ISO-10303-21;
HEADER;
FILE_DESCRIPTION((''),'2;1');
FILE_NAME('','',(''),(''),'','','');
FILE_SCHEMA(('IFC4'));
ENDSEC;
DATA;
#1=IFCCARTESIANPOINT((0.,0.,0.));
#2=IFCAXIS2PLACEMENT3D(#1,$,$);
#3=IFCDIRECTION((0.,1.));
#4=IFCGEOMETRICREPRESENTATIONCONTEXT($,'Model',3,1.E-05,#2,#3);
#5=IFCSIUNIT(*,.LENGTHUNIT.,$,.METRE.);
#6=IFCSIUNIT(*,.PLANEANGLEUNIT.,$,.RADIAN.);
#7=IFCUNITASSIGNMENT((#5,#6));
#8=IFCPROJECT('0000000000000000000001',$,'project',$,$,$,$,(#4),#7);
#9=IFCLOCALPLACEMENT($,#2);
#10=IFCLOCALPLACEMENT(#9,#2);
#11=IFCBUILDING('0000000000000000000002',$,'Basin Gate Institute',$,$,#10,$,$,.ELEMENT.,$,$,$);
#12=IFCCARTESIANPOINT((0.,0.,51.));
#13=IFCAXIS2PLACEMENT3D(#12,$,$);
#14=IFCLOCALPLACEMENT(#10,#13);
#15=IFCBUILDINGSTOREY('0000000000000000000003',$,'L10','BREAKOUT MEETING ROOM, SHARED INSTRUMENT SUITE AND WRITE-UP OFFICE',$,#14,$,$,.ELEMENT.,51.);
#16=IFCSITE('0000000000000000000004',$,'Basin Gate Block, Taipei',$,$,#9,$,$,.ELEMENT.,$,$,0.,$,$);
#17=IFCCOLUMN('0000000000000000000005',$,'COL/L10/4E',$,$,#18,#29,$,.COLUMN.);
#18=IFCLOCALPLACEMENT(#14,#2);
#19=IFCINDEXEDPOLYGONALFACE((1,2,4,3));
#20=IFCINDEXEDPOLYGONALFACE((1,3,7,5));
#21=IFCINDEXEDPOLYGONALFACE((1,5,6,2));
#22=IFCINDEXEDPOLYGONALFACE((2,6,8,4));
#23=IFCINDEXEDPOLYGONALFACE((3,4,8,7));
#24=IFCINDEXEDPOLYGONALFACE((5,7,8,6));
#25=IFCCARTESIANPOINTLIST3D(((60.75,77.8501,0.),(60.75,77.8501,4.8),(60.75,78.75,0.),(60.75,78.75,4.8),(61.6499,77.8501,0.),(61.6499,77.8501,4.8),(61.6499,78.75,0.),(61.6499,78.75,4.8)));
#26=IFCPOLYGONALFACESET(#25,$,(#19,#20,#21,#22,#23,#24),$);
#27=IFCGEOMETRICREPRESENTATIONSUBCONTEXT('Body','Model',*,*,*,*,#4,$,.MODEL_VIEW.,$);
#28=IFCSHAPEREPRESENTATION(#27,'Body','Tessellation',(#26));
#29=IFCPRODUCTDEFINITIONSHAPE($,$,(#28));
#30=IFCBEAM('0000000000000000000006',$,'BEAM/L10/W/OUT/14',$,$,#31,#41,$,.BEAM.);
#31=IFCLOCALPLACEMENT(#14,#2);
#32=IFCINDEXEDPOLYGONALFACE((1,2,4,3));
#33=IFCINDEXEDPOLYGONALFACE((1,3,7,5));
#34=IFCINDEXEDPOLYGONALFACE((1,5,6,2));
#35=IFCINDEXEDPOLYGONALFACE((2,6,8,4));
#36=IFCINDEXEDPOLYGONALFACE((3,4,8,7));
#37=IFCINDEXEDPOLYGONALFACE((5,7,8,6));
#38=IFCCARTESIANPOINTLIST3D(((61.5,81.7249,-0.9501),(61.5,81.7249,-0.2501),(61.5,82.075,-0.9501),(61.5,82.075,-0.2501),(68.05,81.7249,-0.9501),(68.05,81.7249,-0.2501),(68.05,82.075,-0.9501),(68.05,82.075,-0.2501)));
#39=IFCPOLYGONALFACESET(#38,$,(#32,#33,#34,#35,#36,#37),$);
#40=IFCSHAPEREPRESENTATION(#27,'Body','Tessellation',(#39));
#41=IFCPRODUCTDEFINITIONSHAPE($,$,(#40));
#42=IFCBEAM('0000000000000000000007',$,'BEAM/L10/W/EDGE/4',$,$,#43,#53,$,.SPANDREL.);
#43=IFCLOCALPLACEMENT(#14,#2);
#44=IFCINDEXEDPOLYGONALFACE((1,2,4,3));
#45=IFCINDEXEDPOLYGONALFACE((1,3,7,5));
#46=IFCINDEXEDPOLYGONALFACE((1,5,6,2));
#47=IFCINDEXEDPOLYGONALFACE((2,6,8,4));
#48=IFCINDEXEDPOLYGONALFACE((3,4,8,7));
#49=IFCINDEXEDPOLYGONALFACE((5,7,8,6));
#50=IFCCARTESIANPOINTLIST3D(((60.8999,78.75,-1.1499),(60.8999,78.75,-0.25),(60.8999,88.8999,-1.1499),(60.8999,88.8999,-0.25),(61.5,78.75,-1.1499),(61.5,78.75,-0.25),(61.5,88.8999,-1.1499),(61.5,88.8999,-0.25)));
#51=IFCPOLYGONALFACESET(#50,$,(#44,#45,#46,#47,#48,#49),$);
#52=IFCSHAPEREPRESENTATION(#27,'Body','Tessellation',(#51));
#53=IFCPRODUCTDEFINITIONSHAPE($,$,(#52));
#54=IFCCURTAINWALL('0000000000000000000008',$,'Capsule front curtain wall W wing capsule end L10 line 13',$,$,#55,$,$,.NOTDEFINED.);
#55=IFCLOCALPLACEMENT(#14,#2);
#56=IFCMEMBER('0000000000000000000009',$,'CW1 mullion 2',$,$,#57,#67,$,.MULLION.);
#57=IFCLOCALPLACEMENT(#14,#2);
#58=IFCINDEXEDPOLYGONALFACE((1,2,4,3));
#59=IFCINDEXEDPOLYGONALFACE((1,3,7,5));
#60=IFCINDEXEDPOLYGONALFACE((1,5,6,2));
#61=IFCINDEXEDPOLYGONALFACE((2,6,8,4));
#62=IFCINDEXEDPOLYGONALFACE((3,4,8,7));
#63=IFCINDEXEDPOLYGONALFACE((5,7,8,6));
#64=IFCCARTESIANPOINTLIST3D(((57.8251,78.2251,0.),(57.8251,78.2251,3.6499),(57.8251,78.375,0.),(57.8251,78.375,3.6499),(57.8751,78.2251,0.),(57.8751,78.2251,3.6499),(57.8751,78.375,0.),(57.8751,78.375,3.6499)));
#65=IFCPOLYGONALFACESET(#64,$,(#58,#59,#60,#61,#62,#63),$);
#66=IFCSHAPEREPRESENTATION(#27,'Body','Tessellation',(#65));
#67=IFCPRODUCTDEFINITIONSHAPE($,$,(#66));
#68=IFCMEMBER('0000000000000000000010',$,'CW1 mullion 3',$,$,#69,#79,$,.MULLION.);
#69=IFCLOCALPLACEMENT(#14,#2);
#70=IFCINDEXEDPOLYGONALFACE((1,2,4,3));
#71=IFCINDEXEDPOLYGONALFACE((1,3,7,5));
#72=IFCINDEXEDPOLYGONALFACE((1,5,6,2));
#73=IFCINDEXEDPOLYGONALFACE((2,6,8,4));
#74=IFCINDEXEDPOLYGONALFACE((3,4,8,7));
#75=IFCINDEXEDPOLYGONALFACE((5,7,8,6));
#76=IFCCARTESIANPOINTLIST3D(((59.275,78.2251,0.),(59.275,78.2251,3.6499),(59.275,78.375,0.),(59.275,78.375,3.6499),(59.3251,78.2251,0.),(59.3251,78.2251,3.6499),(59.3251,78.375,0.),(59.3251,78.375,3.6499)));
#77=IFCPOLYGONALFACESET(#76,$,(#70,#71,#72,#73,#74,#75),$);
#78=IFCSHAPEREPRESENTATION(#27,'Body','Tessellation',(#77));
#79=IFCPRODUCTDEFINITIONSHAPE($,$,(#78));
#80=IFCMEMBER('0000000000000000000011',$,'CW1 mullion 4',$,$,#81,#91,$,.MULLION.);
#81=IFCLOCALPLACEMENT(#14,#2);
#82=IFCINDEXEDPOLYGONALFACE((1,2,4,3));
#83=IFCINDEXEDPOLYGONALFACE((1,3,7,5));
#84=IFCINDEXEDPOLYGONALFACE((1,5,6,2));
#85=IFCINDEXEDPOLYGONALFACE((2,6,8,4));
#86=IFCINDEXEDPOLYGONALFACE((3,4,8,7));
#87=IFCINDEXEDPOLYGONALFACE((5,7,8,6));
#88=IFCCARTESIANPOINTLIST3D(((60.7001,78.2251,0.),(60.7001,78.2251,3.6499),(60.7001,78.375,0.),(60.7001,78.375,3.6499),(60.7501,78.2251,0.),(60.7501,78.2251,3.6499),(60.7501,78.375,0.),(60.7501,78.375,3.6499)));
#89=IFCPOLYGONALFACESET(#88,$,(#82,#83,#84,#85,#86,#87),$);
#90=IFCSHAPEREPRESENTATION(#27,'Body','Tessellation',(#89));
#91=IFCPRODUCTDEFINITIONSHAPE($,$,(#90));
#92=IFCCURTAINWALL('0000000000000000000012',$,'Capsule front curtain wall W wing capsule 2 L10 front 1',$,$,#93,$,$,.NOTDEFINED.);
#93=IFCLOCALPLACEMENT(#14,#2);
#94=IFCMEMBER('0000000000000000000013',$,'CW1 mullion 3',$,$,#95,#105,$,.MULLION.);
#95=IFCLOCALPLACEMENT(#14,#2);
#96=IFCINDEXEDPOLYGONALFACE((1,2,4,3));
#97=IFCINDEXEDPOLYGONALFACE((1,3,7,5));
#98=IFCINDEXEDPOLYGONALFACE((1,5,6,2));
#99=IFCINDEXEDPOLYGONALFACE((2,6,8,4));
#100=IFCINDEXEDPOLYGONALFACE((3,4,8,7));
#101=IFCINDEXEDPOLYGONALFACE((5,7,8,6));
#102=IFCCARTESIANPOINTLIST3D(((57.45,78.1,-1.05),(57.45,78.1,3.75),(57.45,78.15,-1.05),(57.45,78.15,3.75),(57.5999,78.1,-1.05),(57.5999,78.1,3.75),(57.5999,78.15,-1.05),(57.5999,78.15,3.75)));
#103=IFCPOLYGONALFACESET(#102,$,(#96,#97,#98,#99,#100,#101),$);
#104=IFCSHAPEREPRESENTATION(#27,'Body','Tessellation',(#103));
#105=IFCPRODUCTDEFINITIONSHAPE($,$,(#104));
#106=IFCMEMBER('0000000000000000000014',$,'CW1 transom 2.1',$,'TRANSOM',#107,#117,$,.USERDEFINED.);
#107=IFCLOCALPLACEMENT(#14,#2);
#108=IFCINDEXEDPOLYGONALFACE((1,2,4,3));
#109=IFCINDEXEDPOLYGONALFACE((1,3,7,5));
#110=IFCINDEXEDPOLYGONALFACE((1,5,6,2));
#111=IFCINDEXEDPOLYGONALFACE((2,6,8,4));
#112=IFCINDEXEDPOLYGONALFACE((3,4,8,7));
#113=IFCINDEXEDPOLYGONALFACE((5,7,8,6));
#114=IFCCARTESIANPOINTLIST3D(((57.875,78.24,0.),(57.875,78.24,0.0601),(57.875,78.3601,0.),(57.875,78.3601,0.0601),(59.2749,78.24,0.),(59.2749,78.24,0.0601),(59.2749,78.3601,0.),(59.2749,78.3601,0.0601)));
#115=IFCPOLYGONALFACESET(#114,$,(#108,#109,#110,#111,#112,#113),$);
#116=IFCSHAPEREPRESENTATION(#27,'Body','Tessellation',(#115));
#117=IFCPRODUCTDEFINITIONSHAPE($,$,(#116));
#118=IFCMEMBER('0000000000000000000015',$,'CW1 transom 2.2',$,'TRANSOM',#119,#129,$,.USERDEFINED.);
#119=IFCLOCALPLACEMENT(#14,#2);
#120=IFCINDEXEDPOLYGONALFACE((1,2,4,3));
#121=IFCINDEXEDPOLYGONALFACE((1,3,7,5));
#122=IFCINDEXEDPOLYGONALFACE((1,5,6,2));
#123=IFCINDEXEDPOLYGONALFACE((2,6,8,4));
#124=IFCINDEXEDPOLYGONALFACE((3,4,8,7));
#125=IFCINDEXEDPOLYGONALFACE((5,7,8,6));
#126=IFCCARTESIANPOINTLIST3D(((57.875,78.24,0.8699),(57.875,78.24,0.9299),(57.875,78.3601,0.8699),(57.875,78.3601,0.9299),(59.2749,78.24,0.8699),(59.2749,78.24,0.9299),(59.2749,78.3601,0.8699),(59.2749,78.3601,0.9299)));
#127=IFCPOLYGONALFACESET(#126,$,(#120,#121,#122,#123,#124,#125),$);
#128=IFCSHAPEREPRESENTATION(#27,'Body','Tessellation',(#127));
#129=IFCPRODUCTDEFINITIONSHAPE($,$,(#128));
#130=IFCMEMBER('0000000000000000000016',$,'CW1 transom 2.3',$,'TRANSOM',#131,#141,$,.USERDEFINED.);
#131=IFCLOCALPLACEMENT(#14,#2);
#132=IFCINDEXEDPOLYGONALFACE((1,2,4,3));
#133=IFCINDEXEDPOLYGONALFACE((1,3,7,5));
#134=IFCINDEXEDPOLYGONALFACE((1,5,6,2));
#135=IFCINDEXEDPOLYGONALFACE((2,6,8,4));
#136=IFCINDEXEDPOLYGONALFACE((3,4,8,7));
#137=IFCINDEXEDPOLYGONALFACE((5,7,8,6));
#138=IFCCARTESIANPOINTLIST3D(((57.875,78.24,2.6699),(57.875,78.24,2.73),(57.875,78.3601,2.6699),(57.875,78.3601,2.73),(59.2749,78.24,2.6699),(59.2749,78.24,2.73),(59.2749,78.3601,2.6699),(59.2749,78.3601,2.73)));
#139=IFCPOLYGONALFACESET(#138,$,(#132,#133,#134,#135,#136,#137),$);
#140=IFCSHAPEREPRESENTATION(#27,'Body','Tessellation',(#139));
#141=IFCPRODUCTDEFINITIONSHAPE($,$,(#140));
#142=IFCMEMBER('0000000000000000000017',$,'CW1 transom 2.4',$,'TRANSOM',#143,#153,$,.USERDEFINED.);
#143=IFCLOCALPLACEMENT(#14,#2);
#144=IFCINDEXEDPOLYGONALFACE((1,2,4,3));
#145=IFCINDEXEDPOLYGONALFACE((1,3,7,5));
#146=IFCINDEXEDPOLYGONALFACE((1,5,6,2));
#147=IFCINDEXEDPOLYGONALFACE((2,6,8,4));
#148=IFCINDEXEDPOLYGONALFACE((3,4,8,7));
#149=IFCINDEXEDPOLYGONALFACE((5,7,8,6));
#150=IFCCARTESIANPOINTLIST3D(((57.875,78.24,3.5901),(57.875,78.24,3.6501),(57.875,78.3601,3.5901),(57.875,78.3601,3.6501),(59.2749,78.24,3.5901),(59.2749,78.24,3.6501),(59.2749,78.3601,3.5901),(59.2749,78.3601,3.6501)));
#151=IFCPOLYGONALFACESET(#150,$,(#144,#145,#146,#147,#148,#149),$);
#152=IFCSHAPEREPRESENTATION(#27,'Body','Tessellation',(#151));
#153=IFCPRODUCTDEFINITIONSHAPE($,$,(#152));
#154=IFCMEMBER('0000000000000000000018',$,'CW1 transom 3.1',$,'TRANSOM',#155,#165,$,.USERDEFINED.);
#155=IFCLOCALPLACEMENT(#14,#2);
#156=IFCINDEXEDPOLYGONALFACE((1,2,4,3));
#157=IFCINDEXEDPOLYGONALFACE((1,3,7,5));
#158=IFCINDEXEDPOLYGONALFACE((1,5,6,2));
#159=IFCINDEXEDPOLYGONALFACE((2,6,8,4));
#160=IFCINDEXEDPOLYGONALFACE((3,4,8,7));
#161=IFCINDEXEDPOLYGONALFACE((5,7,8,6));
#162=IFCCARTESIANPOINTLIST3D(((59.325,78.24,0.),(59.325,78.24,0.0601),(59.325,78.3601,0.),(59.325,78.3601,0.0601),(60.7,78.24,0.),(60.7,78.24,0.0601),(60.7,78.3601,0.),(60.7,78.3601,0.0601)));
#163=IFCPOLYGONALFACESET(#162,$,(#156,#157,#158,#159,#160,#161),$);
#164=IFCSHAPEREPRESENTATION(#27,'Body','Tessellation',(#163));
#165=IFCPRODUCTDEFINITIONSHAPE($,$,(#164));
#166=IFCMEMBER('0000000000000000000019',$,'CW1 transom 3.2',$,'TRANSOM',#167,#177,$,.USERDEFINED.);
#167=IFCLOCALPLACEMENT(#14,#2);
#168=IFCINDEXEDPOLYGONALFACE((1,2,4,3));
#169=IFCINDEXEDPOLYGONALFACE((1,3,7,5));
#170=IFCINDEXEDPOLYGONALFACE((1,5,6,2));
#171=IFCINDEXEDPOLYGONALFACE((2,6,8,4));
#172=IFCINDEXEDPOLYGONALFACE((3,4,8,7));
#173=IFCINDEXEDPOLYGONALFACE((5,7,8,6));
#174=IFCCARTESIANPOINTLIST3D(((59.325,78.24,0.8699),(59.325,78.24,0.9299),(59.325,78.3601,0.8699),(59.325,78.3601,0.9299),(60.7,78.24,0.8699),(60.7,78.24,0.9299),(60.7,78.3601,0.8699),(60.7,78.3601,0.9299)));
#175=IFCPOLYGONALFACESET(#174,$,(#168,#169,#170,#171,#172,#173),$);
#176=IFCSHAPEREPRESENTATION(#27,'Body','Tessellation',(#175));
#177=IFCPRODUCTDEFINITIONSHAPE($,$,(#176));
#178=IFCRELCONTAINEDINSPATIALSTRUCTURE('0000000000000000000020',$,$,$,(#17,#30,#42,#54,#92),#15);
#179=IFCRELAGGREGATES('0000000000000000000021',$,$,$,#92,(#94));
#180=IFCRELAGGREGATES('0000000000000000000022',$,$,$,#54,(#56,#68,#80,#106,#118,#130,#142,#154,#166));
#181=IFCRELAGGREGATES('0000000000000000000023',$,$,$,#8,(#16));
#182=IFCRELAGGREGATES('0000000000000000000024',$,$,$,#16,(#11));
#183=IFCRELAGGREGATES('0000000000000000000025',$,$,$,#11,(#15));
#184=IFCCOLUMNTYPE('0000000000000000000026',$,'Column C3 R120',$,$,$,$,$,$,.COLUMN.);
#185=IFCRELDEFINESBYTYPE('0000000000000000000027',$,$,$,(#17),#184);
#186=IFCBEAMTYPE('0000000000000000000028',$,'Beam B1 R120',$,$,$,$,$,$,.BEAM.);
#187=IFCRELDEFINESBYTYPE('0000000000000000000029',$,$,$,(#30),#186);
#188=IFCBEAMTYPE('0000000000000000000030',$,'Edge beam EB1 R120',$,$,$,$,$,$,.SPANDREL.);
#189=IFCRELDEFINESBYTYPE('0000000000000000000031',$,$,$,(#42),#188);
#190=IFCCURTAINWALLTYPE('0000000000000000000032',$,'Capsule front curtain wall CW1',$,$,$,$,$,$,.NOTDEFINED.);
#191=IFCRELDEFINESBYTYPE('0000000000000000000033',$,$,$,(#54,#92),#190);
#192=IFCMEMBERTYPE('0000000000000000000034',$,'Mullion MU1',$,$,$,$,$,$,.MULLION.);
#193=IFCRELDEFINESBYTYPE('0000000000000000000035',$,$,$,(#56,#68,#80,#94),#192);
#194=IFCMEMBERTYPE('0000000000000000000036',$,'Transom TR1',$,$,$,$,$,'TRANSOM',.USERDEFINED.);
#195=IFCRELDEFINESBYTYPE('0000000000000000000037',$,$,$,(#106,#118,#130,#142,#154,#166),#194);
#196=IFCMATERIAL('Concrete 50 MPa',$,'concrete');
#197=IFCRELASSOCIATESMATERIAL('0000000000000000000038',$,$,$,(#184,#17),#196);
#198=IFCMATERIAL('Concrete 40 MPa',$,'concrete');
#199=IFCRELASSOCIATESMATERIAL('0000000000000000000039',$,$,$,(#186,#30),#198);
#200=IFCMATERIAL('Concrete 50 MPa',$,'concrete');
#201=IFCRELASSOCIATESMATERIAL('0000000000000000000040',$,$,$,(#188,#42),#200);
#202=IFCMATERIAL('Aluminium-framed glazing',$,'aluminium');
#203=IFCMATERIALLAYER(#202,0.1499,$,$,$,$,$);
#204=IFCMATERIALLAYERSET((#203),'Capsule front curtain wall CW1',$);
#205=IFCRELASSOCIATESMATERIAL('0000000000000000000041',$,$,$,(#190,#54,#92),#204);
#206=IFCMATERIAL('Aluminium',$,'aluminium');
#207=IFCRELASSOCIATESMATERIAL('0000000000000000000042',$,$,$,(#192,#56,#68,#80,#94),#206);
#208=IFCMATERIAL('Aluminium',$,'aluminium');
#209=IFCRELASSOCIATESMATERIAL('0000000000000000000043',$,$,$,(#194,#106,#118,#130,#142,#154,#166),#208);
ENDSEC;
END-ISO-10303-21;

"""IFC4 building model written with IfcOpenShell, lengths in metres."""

from ifc_helpers import new_model, si_unit, direction, frame, origin, origin_2d, place, context, subcontext, project, spatial, rectangle, extrude, material, layer, layer_set, material_profile, profile_set, type_object, element, aggregate, save


model = new_model("IFC4")

# Units and contexts
model_context = context("Model", 3, precision=1e-05, world=origin(), true_north=direction((0.0, 1.0)))
body_context = subcontext(model_context, "Body", "Model", "MODEL_VIEW")
ifc_project = project(units=[si_unit("LENGTHUNIT", "METRE"), si_unit("PLANEANGLEUNIT", "RADIAN")], contexts=[model_context])

# Site, building, storey
site_placement = place(None, origin())
site = spatial("IfcSite", under=ifc_project, at=site_placement, Name="Basin Gate Block, Taipei", CompositionType="ELEMENT", RefElevation=0.0)
building_placement = place(site_placement, origin())
building = spatial("IfcBuilding", under=site, at=building_placement, Name="Basin Gate Institute", CompositionType="ELEMENT")
storey_placement = place(building_placement, frame((0.0, 0.0, 51.0)))
storey = spatial("IfcBuildingStorey", under=building, at=storey_placement, Name="L10", Description="BREAKOUT MEETING ROOM, SHARED INSTRUMENT SUITE AND WRITE-UP OFFICE", CompositionType="ELEMENT", Elevation=51.0)

# Column
ifc_material_1 = material(Name="Concrete 50 MPa", Category="concrete")
ifc_material_profile_1 = material_profile(ifc_material_1, rectangle(XDim=0.8999, YDim=0.8999, at=origin_2d()), Name="Column C3 900 x 900")
ifc_profile_set_1 = profile_set([ifc_material_profile_1], Name="Concrete 50 MPa")
column_type = type_object("IfcColumnType", Name="Column C3 R120", PredefinedType="COLUMN", material=ifc_profile_set_1)
column_placement = place(storey_placement, frame((61.2, 78.3, 0.0), z_axis=(0.0, 0.0, 1.0), x_axis=(1.0, 0.0, 0.0)))
element("IfcColumn", 1, at=column_placement, inside=storey, type_object=column_type, material=ifc_profile_set_1, Name="COL/L10/4E", PredefinedType="COLUMN", context=body_context, shape_type="SweptSolid", body=[
    extrude(rectangle(XDim=0.8999, YDim=0.8999, at=origin_2d()), origin(), (0.0, 0.0, 1.0), 4.8),
])

# Beams
ifc_material_2 = material(Name="Concrete 40 MPa", Category="concrete")
ifc_material_profile_2 = material_profile(ifc_material_2, rectangle(XDim=0.3501, YDim=0.7, at=origin_2d()), Name="Beam B1 350 x 700")
ifc_profile_set_2 = profile_set([ifc_material_profile_2], Name="Concrete 40 MPa")
beam_type_1 = type_object("IfcBeamType", Name="Beam B1 R120", PredefinedType="BEAM", material=ifc_profile_set_2)
beam_1_placement = place(storey_placement, frame((61.5, 81.8999, -0.6001), z_axis=(1.0, 0.0, 0.0), x_axis=(0.0, 1.0, 0.0)))
element("IfcBeam", 2, at=beam_1_placement, inside=storey, type_object=beam_type_1, material=ifc_profile_set_2, Name="BEAM/L10/W/OUT/14", PredefinedType="BEAM", context=body_context, shape_type="SweptSolid", body=[
    extrude(rectangle(XDim=0.3501, YDim=0.7, at=origin_2d()), origin(), (0.0, 0.0, 1.0), 6.55),
])
ifc_material_3 = material(Name="Concrete 50 MPa", Category="concrete")
ifc_material_profile_3 = material_profile(ifc_material_3, rectangle(XDim=0.6001, YDim=0.8999, at=origin_2d()), Name="Edge beam EB1 600 x 900")
ifc_profile_set_3 = profile_set([ifc_material_profile_3], Name="Concrete 50 MPa")
beam_type_2 = type_object("IfcBeamType", Name="Edge beam EB1 R120", PredefinedType="SPANDREL", material=ifc_profile_set_3)
beam_2_placement = place(storey_placement, frame((61.2, 78.75, -0.7), z_axis=(0.0, 1.0, 0.0), x_axis=(-1.0, 0.0, 0.0)))
element("IfcBeam", 3, at=beam_2_placement, inside=storey, type_object=beam_type_2, material=ifc_profile_set_3, Name="BEAM/L10/W/EDGE/4", PredefinedType="SPANDREL", context=body_context, shape_type="SweptSolid", body=[
    extrude(rectangle(XDim=0.6001, YDim=0.8999, at=origin_2d()), origin(), (0.0, 0.0, 1.0), 10.1499),
])

# Curtain wall, members
ifc_material_4 = material(Name="Aluminium-framed glazing", Category="aluminium")
ifc_layer_1 = layer(ifc_material_4, 0.1499)
ifc_layer_set_1 = layer_set([ifc_layer_1], Name="Capsule front curtain wall CW1")
curtain_wall_type = type_object("IfcCurtainWallType", Name="Capsule front curtain wall CW1", PredefinedType="NOTDEFINED", material=ifc_layer_set_1)
curtain_wall_1_placement = place(storey_placement, origin())
curtain_wall_1 = element("IfcCurtainWall", 4, at=curtain_wall_1_placement, inside=storey, type_object=curtain_wall_type, material=ifc_layer_set_1, Name="Capsule front curtain wall W wing capsule end L10 line 13", PredefinedType="NOTDEFINED")
ifc_material_5 = material(Name="Aluminium", Category="aluminium")
ifc_material_profile_4 = material_profile(ifc_material_5, rectangle(XDim=0.1499, YDim=0.05, at=origin_2d()), Name="Mullion MU1 150 x 50")
ifc_profile_set_4 = profile_set([ifc_material_profile_4], Name="Aluminium")
member_type_1 = type_object("IfcMemberType", Name="Mullion MU1", PredefinedType="MULLION", material=ifc_profile_set_4)
member_1_placement = place(storey_placement, frame((57.8501, 78.3, 0.0), z_axis=(0.0, 0.0, 1.0), x_axis=(0.0, 1.0, 0.0)))
member_1 = element("IfcMember", 5, at=member_1_placement, type_object=member_type_1, material=ifc_profile_set_4, Name="CW1 mullion 2", PredefinedType="MULLION", context=body_context, shape_type="SweptSolid", body=[
    extrude(rectangle(XDim=0.1499, YDim=0.05, at=origin_2d()), origin(), (0.0, 0.0, 1.0), 3.6499),
])
member_2_placement = place(storey_placement, frame((59.3, 78.3, 0.0), z_axis=(0.0, 0.0, 1.0), x_axis=(0.0, 1.0, 0.0)))
member_2 = element("IfcMember", 6, at=member_2_placement, type_object=member_type_1, material=ifc_profile_set_4, Name="CW1 mullion 3", PredefinedType="MULLION", context=body_context, shape_type="SweptSolid", body=[
    extrude(rectangle(XDim=0.1499, YDim=0.05, at=origin_2d()), origin(), (0.0, 0.0, 1.0), 3.6499),
])
member_3_placement = place(storey_placement, frame((60.7251, 78.3, 0.0), z_axis=(0.0, 0.0, 1.0), x_axis=(0.0, 1.0, 0.0)))
member_3 = element("IfcMember", 7, at=member_3_placement, type_object=member_type_1, material=ifc_profile_set_4, Name="CW1 mullion 4", PredefinedType="MULLION", context=body_context, shape_type="SweptSolid", body=[
    extrude(rectangle(XDim=0.1499, YDim=0.05, at=origin_2d()), origin(), (0.0, 0.0, 1.0), 3.6499),
])

# Curtain wall, member
curtain_wall_2_placement = place(storey_placement, origin())
curtain_wall_2 = element("IfcCurtainWall", 8, at=curtain_wall_2_placement, inside=storey, type_object=curtain_wall_type, material=ifc_layer_set_1, Name="Capsule front curtain wall W wing capsule 2 L10 front 1", PredefinedType="NOTDEFINED")
member_4_placement = place(storey_placement, frame((57.5249, 78.125, -1.05), z_axis=(0.0, 0.0, 1.0), x_axis=(-1.0, 0.0, 0.0)))
member_4 = element("IfcMember", 9, at=member_4_placement, type_object=member_type_1, material=ifc_profile_set_4, Name="CW1 mullion 3", PredefinedType="MULLION", context=body_context, shape_type="SweptSolid", body=[
    extrude(rectangle(XDim=0.1499, YDim=0.05, at=origin_2d()), origin(), (0.0, 0.0, 1.0), 4.8),
])
aggregate(curtain_wall_2, [member_4])

# Members
ifc_material_6 = material(Name="Aluminium", Category="aluminium")
ifc_material_profile_5 = material_profile(ifc_material_6, rectangle(XDim=0.1201, YDim=0.0601, at=origin_2d()), Name="Transom TR1 120 x 60")
ifc_profile_set_5 = profile_set([ifc_material_profile_5], Name="Aluminium")
member_type_2 = type_object("IfcMemberType", Name="Transom TR1", ElementType="TRANSOM", PredefinedType="USERDEFINED", material=ifc_profile_set_5)
member_5_placement = place(storey_placement, frame((57.875, 78.3, 0.03), z_axis=(1.0, 0.0, 0.0), x_axis=(0.0, 1.0, 0.0)))
member_5 = element("IfcMember", 10, at=member_5_placement, type_object=member_type_2, material=ifc_profile_set_5, Name="CW1 transom 2.1", ObjectType="TRANSOM", PredefinedType="USERDEFINED", context=body_context, shape_type="SweptSolid", body=[
    extrude(rectangle(XDim=0.1201, YDim=0.0601, at=origin_2d()), origin(), (0.0, 0.0, 1.0), 1.3999),
])
member_6_placement = place(storey_placement, frame((57.875, 78.3, 0.8999), z_axis=(1.0, 0.0, 0.0), x_axis=(0.0, 1.0, 0.0)))
member_6 = element("IfcMember", 11, at=member_6_placement, type_object=member_type_2, material=ifc_profile_set_5, Name="CW1 transom 2.2", ObjectType="TRANSOM", PredefinedType="USERDEFINED", context=body_context, shape_type="SweptSolid", body=[
    extrude(rectangle(XDim=0.1201, YDim=0.0601, at=origin_2d()), origin(), (0.0, 0.0, 1.0), 1.3999),
])
member_7_placement = place(storey_placement, frame((57.875, 78.3, 2.7), z_axis=(1.0, 0.0, 0.0), x_axis=(0.0, 1.0, 0.0)))
member_7 = element("IfcMember", 12, at=member_7_placement, type_object=member_type_2, material=ifc_profile_set_5, Name="CW1 transom 2.3", ObjectType="TRANSOM", PredefinedType="USERDEFINED", context=body_context, shape_type="SweptSolid", body=[
    extrude(rectangle(XDim=0.1201, YDim=0.0601, at=origin_2d()), origin(), (0.0, 0.0, 1.0), 1.3999),
])
member_8_placement = place(storey_placement, frame((57.875, 78.3, 3.6201), z_axis=(1.0, 0.0, 0.0), x_axis=(0.0, 1.0, 0.0)))
member_8 = element("IfcMember", 13, at=member_8_placement, type_object=member_type_2, material=ifc_profile_set_5, Name="CW1 transom 2.4", ObjectType="TRANSOM", PredefinedType="USERDEFINED", context=body_context, shape_type="SweptSolid", body=[
    extrude(rectangle(XDim=0.1201, YDim=0.0601, at=origin_2d()), origin(), (0.0, 0.0, 1.0), 1.3999),
])
member_9_placement = place(storey_placement, frame((59.325, 78.3, 0.03), z_axis=(1.0, 0.0, 0.0), x_axis=(0.0, 1.0, 0.0)))
member_9 = element("IfcMember", 14, at=member_9_placement, type_object=member_type_2, material=ifc_profile_set_5, Name="CW1 transom 3.1", ObjectType="TRANSOM", PredefinedType="USERDEFINED", context=body_context, shape_type="SweptSolid", body=[
    extrude(rectangle(XDim=0.1201, YDim=0.0601, at=origin_2d()), origin(), (0.0, 0.0, 1.0), 1.375),
])
member_10_placement = place(storey_placement, frame((59.325, 78.3, 0.8999), z_axis=(1.0, 0.0, 0.0), x_axis=(0.0, 1.0, 0.0)))
member_10 = element("IfcMember", 15, at=member_10_placement, type_object=member_type_2, material=ifc_profile_set_5, Name="CW1 transom 3.2", ObjectType="TRANSOM", PredefinedType="USERDEFINED", context=body_context, shape_type="SweptSolid", body=[
    extrude(rectangle(XDim=0.1201, YDim=0.0601, at=origin_2d()), origin(), (0.0, 0.0, 1.0), 1.375),
])

aggregate(curtain_wall_1, [member_1, member_2, member_3, member_5, member_6, member_7, member_8, member_9, member_10])

save(model, "model.ifc")
